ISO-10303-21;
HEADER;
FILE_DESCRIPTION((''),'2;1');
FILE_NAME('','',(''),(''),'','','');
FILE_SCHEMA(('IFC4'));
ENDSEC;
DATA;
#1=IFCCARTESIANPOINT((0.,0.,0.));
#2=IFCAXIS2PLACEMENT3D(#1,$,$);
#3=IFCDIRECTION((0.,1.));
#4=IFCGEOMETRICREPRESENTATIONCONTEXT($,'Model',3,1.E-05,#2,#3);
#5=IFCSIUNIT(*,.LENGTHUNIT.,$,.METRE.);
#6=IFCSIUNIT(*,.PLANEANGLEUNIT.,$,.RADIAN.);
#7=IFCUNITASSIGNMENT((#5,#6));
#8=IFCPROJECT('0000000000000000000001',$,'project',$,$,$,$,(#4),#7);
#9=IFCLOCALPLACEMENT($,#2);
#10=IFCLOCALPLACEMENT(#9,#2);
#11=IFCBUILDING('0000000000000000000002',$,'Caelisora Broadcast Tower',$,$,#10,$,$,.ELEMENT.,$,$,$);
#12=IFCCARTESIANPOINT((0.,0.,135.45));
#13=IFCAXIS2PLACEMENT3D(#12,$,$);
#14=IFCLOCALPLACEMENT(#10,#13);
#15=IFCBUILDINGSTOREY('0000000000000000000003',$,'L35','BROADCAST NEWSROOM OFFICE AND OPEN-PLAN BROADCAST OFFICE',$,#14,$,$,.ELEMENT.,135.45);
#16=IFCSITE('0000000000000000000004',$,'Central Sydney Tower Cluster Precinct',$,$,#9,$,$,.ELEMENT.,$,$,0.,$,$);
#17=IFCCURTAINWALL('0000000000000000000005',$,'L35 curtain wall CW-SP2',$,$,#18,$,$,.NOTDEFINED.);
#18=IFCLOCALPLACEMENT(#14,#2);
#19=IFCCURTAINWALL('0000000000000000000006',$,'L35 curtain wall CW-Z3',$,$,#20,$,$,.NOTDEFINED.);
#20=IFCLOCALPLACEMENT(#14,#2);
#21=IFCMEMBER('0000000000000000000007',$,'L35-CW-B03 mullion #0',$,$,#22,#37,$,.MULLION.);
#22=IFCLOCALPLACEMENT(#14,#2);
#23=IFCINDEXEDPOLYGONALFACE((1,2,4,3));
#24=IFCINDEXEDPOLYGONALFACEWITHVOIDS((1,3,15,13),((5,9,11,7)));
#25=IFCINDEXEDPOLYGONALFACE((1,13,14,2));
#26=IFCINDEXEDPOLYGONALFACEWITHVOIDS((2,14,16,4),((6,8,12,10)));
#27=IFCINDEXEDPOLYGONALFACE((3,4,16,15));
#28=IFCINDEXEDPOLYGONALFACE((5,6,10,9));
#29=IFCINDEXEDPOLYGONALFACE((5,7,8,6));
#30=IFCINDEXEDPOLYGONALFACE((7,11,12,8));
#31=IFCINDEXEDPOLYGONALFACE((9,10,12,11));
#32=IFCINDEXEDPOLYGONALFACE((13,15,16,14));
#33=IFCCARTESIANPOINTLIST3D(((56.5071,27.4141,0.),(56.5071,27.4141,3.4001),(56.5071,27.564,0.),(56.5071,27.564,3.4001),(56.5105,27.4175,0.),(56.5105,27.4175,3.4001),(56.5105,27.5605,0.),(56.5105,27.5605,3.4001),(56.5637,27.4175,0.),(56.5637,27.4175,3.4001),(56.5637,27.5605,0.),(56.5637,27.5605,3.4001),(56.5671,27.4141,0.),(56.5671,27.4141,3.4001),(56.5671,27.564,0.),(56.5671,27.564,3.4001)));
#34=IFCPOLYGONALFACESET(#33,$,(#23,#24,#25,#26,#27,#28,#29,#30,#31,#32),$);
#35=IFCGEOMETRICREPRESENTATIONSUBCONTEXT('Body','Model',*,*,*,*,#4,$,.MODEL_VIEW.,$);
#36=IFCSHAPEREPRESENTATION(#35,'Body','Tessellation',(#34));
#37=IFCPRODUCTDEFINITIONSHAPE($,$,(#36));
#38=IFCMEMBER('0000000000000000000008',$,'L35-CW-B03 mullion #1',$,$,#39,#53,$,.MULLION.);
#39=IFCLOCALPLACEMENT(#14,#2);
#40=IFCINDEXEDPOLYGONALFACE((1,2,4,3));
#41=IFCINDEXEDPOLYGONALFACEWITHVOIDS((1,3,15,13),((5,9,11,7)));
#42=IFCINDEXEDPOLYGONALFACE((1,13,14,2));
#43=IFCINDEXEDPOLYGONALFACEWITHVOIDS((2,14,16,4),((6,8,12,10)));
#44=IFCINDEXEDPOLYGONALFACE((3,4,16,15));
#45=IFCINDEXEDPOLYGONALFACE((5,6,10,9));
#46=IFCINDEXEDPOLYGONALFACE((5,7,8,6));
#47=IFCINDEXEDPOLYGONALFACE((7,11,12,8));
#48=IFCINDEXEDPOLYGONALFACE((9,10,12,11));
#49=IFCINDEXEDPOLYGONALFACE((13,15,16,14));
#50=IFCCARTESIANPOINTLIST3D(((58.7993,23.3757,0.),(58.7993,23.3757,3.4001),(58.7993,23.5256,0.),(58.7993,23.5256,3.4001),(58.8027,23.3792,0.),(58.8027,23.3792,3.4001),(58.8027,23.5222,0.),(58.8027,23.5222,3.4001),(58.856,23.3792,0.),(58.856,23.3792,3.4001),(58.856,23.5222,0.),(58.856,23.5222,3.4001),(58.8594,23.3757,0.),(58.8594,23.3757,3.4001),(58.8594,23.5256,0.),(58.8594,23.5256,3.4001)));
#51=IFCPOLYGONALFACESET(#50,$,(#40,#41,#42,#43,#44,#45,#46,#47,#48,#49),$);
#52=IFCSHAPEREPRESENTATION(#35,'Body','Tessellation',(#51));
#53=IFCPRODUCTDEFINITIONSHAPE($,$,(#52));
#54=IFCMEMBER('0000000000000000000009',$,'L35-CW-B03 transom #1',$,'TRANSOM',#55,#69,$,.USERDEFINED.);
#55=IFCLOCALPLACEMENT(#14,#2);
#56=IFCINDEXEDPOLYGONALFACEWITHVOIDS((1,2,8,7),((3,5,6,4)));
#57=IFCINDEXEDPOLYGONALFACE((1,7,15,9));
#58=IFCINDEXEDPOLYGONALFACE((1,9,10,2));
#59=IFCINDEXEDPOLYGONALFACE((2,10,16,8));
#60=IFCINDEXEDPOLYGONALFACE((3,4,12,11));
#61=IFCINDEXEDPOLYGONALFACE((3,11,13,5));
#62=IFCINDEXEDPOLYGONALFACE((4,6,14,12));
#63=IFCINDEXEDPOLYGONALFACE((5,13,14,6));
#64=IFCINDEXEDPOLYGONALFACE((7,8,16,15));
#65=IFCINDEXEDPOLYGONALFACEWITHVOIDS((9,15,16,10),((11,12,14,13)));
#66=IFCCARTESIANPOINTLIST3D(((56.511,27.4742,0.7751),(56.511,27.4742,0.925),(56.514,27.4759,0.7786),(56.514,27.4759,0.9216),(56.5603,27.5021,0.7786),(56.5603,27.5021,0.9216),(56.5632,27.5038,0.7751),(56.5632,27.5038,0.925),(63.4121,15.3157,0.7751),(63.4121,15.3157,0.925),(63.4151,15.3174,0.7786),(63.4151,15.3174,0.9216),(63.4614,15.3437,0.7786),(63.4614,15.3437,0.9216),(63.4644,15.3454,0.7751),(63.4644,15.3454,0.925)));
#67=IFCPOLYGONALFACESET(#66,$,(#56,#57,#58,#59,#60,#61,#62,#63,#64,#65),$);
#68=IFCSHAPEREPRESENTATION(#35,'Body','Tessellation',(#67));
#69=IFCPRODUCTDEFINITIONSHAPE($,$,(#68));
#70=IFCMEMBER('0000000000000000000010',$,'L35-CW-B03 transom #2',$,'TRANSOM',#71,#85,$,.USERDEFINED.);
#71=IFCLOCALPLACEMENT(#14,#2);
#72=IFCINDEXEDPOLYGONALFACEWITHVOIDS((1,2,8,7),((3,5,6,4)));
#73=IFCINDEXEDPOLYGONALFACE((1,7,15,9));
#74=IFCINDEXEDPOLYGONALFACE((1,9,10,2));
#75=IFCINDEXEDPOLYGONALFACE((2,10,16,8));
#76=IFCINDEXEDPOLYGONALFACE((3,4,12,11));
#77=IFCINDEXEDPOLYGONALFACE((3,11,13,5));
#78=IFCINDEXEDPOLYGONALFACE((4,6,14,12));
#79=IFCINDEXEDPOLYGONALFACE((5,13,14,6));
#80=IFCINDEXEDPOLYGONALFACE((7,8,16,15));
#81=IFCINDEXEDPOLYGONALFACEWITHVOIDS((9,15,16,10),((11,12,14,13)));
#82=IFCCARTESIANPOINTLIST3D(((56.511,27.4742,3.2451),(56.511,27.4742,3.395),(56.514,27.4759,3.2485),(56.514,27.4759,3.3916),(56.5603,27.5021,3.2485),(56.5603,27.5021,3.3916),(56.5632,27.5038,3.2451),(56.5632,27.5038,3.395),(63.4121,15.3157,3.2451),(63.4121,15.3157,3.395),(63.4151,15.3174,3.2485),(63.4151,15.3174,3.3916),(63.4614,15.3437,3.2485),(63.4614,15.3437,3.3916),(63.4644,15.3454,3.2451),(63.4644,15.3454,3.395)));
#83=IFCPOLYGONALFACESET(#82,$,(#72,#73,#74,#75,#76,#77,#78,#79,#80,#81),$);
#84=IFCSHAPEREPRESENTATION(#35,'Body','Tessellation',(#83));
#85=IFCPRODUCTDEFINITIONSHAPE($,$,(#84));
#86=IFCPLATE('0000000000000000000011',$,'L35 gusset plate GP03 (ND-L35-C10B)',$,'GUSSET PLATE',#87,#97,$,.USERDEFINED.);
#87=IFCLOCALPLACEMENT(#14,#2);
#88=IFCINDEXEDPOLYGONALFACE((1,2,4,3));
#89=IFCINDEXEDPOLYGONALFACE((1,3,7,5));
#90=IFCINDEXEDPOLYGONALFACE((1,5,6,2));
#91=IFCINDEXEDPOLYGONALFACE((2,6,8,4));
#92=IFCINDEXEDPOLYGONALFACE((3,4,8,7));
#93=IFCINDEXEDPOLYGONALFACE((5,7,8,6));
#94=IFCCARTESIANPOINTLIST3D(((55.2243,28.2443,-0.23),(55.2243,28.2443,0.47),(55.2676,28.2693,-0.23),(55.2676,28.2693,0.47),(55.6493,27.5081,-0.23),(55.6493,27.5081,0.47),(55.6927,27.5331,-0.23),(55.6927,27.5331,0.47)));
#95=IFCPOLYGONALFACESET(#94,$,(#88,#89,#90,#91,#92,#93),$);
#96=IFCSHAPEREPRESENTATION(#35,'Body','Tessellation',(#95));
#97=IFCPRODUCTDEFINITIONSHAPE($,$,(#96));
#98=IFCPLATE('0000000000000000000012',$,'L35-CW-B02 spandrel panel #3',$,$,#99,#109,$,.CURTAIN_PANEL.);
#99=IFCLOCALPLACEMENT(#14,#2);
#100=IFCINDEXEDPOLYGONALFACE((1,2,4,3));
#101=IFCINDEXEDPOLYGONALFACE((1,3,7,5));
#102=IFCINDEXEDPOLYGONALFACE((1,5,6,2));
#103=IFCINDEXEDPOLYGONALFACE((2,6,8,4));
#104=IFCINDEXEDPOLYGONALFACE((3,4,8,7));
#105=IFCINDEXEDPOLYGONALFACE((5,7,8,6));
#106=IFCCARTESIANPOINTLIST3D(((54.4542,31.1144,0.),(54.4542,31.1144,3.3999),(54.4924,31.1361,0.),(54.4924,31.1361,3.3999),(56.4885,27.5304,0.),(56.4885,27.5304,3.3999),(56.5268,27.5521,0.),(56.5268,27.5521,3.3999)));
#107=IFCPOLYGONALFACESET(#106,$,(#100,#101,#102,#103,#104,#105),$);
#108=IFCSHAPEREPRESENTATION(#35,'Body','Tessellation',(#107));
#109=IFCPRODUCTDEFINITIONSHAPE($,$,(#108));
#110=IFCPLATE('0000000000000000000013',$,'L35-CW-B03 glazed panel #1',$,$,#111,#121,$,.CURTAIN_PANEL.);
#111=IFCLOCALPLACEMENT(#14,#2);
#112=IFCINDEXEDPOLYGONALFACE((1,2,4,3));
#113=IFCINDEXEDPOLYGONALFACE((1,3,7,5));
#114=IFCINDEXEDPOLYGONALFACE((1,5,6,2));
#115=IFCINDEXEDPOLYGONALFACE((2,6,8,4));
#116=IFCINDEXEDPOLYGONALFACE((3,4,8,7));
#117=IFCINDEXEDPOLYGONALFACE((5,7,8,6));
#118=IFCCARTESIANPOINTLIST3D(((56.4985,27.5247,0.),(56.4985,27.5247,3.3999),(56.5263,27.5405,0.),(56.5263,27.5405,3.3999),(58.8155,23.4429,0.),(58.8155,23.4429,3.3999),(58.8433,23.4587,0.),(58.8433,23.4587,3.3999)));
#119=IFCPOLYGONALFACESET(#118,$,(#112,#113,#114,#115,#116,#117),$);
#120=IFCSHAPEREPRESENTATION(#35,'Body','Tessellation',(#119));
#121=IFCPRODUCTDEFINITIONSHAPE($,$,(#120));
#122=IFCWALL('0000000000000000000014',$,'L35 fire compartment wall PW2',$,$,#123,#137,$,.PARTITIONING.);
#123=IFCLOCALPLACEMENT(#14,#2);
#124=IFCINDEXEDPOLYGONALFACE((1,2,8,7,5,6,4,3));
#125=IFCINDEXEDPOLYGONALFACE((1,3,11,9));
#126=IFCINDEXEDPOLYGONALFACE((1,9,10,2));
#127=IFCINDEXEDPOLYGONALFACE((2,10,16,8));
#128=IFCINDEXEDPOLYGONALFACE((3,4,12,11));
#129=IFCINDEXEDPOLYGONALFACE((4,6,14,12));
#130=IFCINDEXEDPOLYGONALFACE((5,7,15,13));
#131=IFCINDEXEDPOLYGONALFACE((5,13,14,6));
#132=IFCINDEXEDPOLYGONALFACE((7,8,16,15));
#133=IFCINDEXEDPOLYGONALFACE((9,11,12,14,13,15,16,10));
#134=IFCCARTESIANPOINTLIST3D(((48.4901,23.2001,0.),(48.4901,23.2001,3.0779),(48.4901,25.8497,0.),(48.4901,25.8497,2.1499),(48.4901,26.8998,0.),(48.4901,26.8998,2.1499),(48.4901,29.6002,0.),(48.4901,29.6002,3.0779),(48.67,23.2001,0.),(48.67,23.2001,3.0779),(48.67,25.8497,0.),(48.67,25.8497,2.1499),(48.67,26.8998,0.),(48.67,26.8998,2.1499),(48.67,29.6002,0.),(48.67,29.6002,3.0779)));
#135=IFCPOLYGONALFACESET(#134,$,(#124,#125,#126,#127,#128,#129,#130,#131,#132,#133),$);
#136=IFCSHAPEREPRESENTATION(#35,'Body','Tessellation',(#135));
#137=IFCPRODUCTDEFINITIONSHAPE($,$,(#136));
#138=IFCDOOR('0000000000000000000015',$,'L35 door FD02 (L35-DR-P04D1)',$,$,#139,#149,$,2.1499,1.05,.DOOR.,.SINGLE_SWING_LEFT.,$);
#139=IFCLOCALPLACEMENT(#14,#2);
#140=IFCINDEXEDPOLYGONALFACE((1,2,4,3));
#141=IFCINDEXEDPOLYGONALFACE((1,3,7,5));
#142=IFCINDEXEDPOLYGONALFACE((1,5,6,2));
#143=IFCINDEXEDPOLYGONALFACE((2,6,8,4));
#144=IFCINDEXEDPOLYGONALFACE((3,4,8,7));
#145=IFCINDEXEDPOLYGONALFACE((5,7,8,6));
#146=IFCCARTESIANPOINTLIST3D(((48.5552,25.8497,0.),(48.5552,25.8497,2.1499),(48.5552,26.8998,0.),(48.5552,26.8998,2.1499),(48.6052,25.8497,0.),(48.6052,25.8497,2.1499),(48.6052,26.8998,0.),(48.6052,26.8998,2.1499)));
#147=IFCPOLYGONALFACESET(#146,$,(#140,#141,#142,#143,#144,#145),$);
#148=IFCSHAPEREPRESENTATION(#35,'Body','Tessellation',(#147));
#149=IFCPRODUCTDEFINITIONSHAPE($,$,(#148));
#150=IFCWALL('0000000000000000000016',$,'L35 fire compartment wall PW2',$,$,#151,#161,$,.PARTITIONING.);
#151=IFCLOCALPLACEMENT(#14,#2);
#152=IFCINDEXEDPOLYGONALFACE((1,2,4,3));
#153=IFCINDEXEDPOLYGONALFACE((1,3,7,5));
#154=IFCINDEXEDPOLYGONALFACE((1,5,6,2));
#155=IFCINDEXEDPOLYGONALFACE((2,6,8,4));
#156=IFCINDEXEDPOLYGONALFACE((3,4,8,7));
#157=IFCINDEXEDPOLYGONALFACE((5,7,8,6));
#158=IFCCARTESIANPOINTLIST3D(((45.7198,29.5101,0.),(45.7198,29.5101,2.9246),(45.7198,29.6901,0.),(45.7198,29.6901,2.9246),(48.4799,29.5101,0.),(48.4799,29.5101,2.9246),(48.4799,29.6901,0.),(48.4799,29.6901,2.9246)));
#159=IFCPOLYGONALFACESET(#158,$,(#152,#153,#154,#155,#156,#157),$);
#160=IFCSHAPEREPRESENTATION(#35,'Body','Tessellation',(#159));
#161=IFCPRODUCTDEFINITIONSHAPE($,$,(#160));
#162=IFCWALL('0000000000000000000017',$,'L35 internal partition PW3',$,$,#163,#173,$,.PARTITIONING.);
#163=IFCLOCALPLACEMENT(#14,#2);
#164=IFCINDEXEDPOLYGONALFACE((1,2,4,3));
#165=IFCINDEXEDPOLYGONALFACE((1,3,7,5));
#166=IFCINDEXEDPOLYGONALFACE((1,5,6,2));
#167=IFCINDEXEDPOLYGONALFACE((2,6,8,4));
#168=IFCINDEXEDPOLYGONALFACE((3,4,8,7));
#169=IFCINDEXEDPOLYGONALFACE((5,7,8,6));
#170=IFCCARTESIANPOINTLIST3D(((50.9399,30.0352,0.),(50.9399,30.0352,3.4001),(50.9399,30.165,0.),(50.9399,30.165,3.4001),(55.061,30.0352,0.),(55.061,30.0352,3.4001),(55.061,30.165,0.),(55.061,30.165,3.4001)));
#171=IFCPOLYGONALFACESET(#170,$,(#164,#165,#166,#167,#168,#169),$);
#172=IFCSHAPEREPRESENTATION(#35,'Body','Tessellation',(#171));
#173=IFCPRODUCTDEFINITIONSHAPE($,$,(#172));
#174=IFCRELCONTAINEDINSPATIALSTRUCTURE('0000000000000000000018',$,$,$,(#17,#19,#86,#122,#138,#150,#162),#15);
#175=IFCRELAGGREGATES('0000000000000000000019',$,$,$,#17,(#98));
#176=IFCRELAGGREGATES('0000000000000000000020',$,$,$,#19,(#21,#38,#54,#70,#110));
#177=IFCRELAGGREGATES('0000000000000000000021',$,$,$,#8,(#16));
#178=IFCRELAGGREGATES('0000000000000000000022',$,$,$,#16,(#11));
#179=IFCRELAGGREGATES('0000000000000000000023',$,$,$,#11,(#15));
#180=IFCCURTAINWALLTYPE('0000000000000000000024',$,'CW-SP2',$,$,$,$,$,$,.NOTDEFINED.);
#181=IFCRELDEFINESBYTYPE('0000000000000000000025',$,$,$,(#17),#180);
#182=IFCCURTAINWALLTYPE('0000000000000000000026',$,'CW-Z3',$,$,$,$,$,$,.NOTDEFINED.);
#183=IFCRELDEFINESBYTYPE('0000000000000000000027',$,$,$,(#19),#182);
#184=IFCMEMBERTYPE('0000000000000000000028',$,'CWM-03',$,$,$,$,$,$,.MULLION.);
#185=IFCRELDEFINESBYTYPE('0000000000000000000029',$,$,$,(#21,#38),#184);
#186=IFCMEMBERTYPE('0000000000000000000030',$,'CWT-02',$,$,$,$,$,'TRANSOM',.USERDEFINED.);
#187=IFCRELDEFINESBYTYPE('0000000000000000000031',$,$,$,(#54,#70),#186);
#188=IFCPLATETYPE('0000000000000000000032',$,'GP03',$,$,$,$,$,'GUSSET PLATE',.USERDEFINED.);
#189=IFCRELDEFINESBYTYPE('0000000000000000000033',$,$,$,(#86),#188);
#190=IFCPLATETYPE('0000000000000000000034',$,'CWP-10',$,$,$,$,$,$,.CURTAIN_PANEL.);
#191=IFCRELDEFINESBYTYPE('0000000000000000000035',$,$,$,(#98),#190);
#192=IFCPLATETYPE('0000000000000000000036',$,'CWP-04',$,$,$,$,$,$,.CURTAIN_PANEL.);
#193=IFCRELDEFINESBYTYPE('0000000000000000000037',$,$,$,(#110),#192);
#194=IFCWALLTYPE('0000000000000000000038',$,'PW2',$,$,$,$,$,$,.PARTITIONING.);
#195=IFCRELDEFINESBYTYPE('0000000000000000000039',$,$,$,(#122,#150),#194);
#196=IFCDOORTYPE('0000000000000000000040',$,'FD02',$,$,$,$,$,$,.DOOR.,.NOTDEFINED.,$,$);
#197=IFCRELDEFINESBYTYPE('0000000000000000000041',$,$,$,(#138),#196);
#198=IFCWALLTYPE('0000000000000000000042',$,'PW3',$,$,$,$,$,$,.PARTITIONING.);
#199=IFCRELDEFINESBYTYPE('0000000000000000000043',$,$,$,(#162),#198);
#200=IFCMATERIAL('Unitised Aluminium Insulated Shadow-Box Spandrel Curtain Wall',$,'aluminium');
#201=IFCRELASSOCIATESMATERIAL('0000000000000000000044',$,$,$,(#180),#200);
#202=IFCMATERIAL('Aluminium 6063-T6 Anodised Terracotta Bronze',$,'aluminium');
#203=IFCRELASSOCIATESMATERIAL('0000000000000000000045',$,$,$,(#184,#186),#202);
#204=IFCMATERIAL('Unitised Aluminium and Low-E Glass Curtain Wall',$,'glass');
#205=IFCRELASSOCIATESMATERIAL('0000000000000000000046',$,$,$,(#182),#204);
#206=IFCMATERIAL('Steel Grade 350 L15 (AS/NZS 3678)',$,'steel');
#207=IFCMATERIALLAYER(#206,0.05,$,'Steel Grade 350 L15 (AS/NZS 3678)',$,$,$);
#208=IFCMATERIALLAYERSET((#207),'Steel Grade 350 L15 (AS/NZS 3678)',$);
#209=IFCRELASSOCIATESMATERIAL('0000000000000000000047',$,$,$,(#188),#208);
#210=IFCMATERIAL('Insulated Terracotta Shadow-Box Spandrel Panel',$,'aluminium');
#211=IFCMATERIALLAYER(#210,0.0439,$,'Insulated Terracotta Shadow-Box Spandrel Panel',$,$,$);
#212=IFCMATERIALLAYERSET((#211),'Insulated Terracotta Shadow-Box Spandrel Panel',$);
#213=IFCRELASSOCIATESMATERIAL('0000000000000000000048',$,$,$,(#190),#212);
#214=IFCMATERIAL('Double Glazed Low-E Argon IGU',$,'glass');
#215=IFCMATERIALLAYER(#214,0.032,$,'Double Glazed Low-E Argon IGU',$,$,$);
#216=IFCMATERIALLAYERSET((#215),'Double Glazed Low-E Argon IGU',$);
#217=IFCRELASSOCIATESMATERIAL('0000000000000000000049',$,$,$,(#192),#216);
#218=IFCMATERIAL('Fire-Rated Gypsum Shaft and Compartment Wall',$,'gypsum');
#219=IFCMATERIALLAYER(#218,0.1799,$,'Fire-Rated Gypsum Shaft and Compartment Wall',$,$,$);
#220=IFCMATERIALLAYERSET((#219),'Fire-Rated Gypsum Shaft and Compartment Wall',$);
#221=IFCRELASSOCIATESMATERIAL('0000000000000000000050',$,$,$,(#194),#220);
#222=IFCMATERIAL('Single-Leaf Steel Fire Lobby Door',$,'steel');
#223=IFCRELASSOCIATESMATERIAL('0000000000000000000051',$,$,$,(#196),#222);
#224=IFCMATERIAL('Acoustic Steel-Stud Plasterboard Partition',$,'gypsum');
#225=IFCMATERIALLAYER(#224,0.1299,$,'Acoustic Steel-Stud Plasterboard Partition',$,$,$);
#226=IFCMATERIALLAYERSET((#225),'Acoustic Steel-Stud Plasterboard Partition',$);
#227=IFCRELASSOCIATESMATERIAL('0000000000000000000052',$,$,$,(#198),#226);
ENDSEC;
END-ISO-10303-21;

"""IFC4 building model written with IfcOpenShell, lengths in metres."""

from ifc_helpers import new_model, si_unit, direction, frame, frame_2d, origin, origin_2d, place, context, subcontext, project, spatial, rectangle, hollow_rectangle, extrude, source, transform, mapped, material, layer, layer_set, material_profile, profile_set, type_object, type_shapes, element, fill, aggregate, save


model = new_model("IFC4")

# Units and contexts
model_context = context("Model", 3, precision=1e-05, world=origin(), true_north=direction((0.0, 1.0)))
body_context = subcontext(model_context, "Body", "Model", "MODEL_VIEW")
ifc_project = project(units=[si_unit("LENGTHUNIT", "METRE"), si_unit("PLANEANGLEUNIT", "RADIAN")], contexts=[model_context])

# Site, building, storey
site_placement = place(None, origin())
site = spatial("IfcSite", under=ifc_project, at=site_placement, Name="Central Sydney Tower Cluster Precinct", CompositionType="ELEMENT", RefElevation=0.0)
building_placement = place(site_placement, origin())
building = spatial("IfcBuilding", under=site, at=building_placement, Name="Caelisora Broadcast Tower", CompositionType="ELEMENT")
storey_placement = place(building_placement, frame((0.0, 0.0, 135.45)))
storey = spatial("IfcBuildingStorey", under=building, at=storey_placement, Name="L35", Description="BROADCAST NEWSROOM OFFICE AND OPEN-PLAN BROADCAST OFFICE", CompositionType="ELEMENT", Elevation=135.45)

# Shared definitions
ifc_material_1 = material(Name="Steel Grade 350 L15 (AS/NZS 3678)", Category="steel")

# Curtain wall
ifc_material_2 = material(Name="Unitised Aluminium Insulated Shadow-Box Spandrel Curtain Wall", Category="aluminium")
curtain_wall_type_1 = type_object("IfcCurtainWallType", Name="CW-SP2", PredefinedType="NOTDEFINED", material=ifc_material_2)
curtain_wall_1_placement = place(storey_placement, origin())
curtain_wall_1 = element("IfcCurtainWall", 1, at=curtain_wall_1_placement, inside=storey, type_object=curtain_wall_type_1, Name="L35 curtain wall CW-SP2", PredefinedType="NOTDEFINED")
ifc_material_3 = material(Name="Aluminium 6063-T6 Anodised Terracotta Bronze", Category="aluminium")
ifc_material_profile_1 = material_profile(ifc_material_3, hollow_rectangle(XDim=0.0601, YDim=0.1499, WallThickness=0.0034, at=origin_2d()), Name="Aluminium 6063-T6 Anodised Terracotta Bronze")
ifc_profile_set_1 = profile_set([ifc_material_profile_1], Name="Aluminium 6063-T6 Anodised Terracotta Bronze")
member_type_1 = type_object("IfcMemberType", Name="CWM-03", PredefinedType="MULLION", material=ifc_profile_set_1)
shared_shape_1 = source(origin(), body_context, "Body", "SweptSolid", [
    extrude(hollow_rectangle(XDim=0.0601, YDim=0.1499, WallThickness=0.0034, at=origin_2d()), origin(), (0.0, 0.0, 1.0), 3.4001),
])
type_shapes(member_type_1, [shared_shape_1])

# Curtain wall, members
ifc_material_4 = material(Name="Unitised Aluminium and Low-E Glass Curtain Wall", Category="glass")
curtain_wall_type_2 = type_object("IfcCurtainWallType", Name="CW-Z3", PredefinedType="NOTDEFINED", material=ifc_material_4)
curtain_wall_2_placement = place(storey_placement, origin())
curtain_wall_2 = element("IfcCurtainWall", 2, at=curtain_wall_2_placement, inside=storey, type_object=curtain_wall_type_2, Name="L35 curtain wall CW-Z3", PredefinedType="NOTDEFINED")
member_1_placement = place(storey_placement, frame((56.5371, 27.489, 0.0), z_axis=(0.0, 0.0, 1.0), x_axis=(1.0, 0.0, 0.0)))
member_1 = element("IfcMember", 3, at=member_1_placement, type_object=member_type_1, Name="L35-CW-B03 mullion #0", PredefinedType="MULLION", context=body_context, shape_type="MappedRepresentation", body=[
    mapped(shared_shape_1, transform((0.0, 0.0, 0.0), scale=1.0)),
])
member_2_placement = place(storey_placement, frame((58.8293, 23.4507, 0.0), z_axis=(0.0, 0.0, 1.0), x_axis=(1.0, 0.0, 0.0)))
member_2 = element("IfcMember", 4, at=member_2_placement, type_object=member_type_1, Name="L35-CW-B03 mullion #1", PredefinedType="MULLION", context=body_context, shape_type="MappedRepresentation", body=[
    mapped(shared_shape_1, transform((0.0, 0.0, 0.0), scale=1.0)),
])
ifc_material_profile_2 = material_profile(ifc_material_3, hollow_rectangle(XDim=0.0601, YDim=0.1499, WallThickness=0.0034, at=origin_2d()), Name="Aluminium 6063-T6 Anodised Terracotta Bronze")
ifc_profile_set_2 = profile_set([ifc_material_profile_2], Name="Aluminium 6063-T6 Anodised Terracotta Bronze")
member_type_2 = type_object("IfcMemberType", Name="CWT-02", ElementType="TRANSOM", PredefinedType="USERDEFINED", material=ifc_profile_set_2)
shared_shape_2 = source(origin(), body_context, "Body", "SweptSolid", [
    extrude(hollow_rectangle(XDim=0.0601, YDim=0.1499, WallThickness=0.0034, at=origin_2d()), origin(), (0.0, 0.0, 1.0), 13.9805),
])
type_shapes(member_type_2, [shared_shape_2])
member_3_placement = place(storey_placement, frame((56.5371, 27.489, 0.8501), z_axis=(0.493626, -0.869674, 0.0), x_axis=(0.869674, 0.493626, 0.0)))
member_3 = element("IfcMember", 5, at=member_3_placement, type_object=member_type_2, Name="L35-CW-B03 transom #1", ObjectType="TRANSOM", PredefinedType="USERDEFINED", context=body_context, shape_type="MappedRepresentation", body=[
    mapped(shared_shape_2, transform((0.0, 0.0, 0.0), scale=1.0)),
])
member_4_placement = place(storey_placement, frame((56.5371, 27.489, 3.3201), z_axis=(0.493626, -0.869674, 0.0), x_axis=(0.869674, 0.493626, 0.0)))
member_4 = element("IfcMember", 6, at=member_4_placement, type_object=member_type_2, Name="L35-CW-B03 transom #2", ObjectType="TRANSOM", PredefinedType="USERDEFINED", context=body_context, shape_type="MappedRepresentation", body=[
    mapped(shared_shape_2, transform((0.0, 0.0, 0.0), scale=1.0)),
])

# Plates
ifc_layer_1 = layer(ifc_material_1, 0.05, Name="Steel Grade 350 L15 (AS/NZS 3678)")
ifc_layer_set_1 = layer_set([ifc_layer_1], Name="Steel Grade 350 L15 (AS/NZS 3678)")
plate_type_1 = type_object("IfcPlateType", Name="GP03", ElementType="GUSSET PLATE", PredefinedType="USERDEFINED", material=ifc_layer_set_1)
shared_shape_3 = source(origin(), body_context, "Body", "SweptSolid", [
    extrude(rectangle(XDim=0.8501, YDim=0.05, at=origin_2d()), origin(), (0.0, 0.0, 1.0), 0.7),
])
type_shapes(plate_type_1, [shared_shape_3])
plate_1_placement = place(storey_placement, frame((55.4585, 27.8887, -0.23), z_axis=(0.0, 0.0, 1.0), x_axis=(-0.5, 0.866025, 0.0)))
element("IfcPlate", 7, at=plate_1_placement, inside=storey, type_object=plate_type_1, Name="L35 gusset plate GP03 (ND-L35-C10B)", ObjectType="GUSSET PLATE", PredefinedType="USERDEFINED", context=body_context, shape_type="MappedRepresentation", body=[
    mapped(shared_shape_3, transform((0.0, 0.0, 0.0), scale=1.0)),
])
ifc_material_5 = material(Name="Insulated Terracotta Shadow-Box Spandrel Panel", Category="aluminium")
ifc_layer_2 = layer(ifc_material_5, 0.0439, Name="Insulated Terracotta Shadow-Box Spandrel Panel")
ifc_layer_set_2 = layer_set([ifc_layer_2], Name="Insulated Terracotta Shadow-Box Spandrel Panel")
plate_type_2 = type_object("IfcPlateType", Name="CWP-10", PredefinedType="CURTAIN_PANEL", material=ifc_layer_set_2)
shared_shape_4 = source(origin(), body_context, "Body", "SweptSolid", [
    extrude(rectangle(XDim=4.1211, YDim=0.0439, at=origin_2d()), origin(), (0.0, 0.0, 1.0), 3.3999),
])
type_shapes(plate_type_2, [shared_shape_4])
plate_2_placement = place(storey_placement, frame((55.4905, 29.3333, 0.0), z_axis=(0.0, 0.0, 1.0), x_axis=(0.493638, -0.869667, 0.0)))
plate_2 = element("IfcPlate", 8, at=plate_2_placement, type_object=plate_type_2, Name="L35-CW-B02 spandrel panel #3", PredefinedType="CURTAIN_PANEL", context=body_context, shape_type="MappedRepresentation", body=[
    mapped(shared_shape_4, transform((0.0, 0.0, 0.0), scale=1.0)),
])
aggregate(curtain_wall_1, [plate_2])
ifc_material_6 = material(Name="Double Glazed Low-E Argon IGU", Category="glass")
ifc_layer_3 = layer(ifc_material_6, 0.032, Name="Double Glazed Low-E Argon IGU")
ifc_layer_set_3 = layer_set([ifc_layer_3], Name="Double Glazed Low-E Argon IGU")
plate_type_3 = type_object("IfcPlateType", Name="CWP-04", PredefinedType="CURTAIN_PANEL", material=ifc_layer_set_3)
shared_shape_5 = source(origin(), body_context, "Body", "SweptSolid", [
    extrude(rectangle(XDim=4.6936, YDim=0.032, at=origin_2d()), origin(), (0.0, 0.0, 1.0), 3.3999),
])
type_shapes(plate_type_3, [shared_shape_5])
plate_3_placement = place(storey_placement, frame((57.6709, 25.4917, 0.0), z_axis=(0.0, 0.0, 1.0), x_axis=(0.493638, -0.869667, 0.0)))
plate_3 = element("IfcPlate", 9, at=plate_3_placement, type_object=plate_type_3, Name="L35-CW-B03 glazed panel #1", PredefinedType="CURTAIN_PANEL", context=body_context, shape_type="MappedRepresentation", body=[
    mapped(shared_shape_5, transform((0.0, 0.0, 0.0), scale=1.0)),
])
aggregate(curtain_wall_2, [member_1, member_2, member_3, member_4, plate_3])

# Wall, opening, door
ifc_material_7 = material(Name="Fire-Rated Gypsum Shaft and Compartment Wall", Category="gypsum")
ifc_layer_4 = layer(ifc_material_7, 0.1799, Name="Fire-Rated Gypsum Shaft and Compartment Wall")
ifc_layer_set_4 = layer_set([ifc_layer_4], Name="Fire-Rated Gypsum Shaft and Compartment Wall")
wall_type_1 = type_object("IfcWallType", Name="PW2", PredefinedType="PARTITIONING", material=ifc_layer_set_4)
wall_1_placement = place(storey_placement, frame((48.5801, 23.2, 0.0), z_axis=(0.0, 0.0, 1.0), x_axis=(0.0, 1.0, 0.0)))
wall_1 = element("IfcWall", 10, at=wall_1_placement, inside=storey, type_object=wall_type_1, Name="L35 fire compartment wall PW2", PredefinedType="PARTITIONING", context=body_context, shape_type="SweptSolid", body=[
    extrude(rectangle(XDim=6.4001, YDim=0.1799, at=frame_2d((3.2002, 0.0))), origin(), (0.0, 0.0, 1.0), 3.0779),
])
opening_placement = place(wall_1_placement, frame((2.6499, 0.0, 0.0)))
opening = element("IfcOpeningElement", 11, at=opening_placement, cuts=wall_1, PredefinedType="OPENING", context=body_context, shape_type="SweptSolid", body=[
    extrude(rectangle(XDim=1.05, YDim=2.1499, at=frame_2d((0.5249, 1.075))), frame((0.0, 0.1021, 0.0), z_axis=(0.0, -1.0, 0.0), x_axis=(1.0, 0.0, 0.0)), (0.0, 0.0, 1.0), 0.2039),
])
ifc_material_8 = material(Name="Single-Leaf Steel Fire Lobby Door", Category="steel")
door_type = type_object("IfcDoorType", Name="FD02", OperationType="NOTDEFINED", PredefinedType="DOOR", material=ifc_material_8)
door_placement = place(opening_placement, origin())
door = element("IfcDoor", 12, at=door_placement, inside=storey, type_object=door_type, Name="L35 door FD02 (L35-DR-P04D1)", OperationType="SINGLE_SWING_LEFT", OverallHeight=2.1499, OverallWidth=1.05, PredefinedType="DOOR", context=body_context, shape_type="SweptSolid", body=[
    extrude(rectangle(XDim=1.05, YDim=2.1499, at=frame_2d((0.5249, 1.075))), frame((0.0, 0.0249, 0.0), z_axis=(0.0, -1.0, 0.0), x_axis=(1.0, 0.0, 0.0)), (0.0, 0.0, 1.0), 0.05),
])
fill(opening, door)

# Walls
wall_2_placement = place(storey_placement, frame((45.72, 29.6001, 0.0), z_axis=(0.0, 0.0, 1.0), x_axis=(1.0, 0.0, 0.0)))
element("IfcWall", 13, at=wall_2_placement, inside=storey, type_object=wall_type_1, Name="L35 fire compartment wall PW2", PredefinedType="PARTITIONING", context=body_context, shape_type="SweptSolid", body=[
    extrude(rectangle(XDim=2.76, YDim=0.1799, at=frame_2d((1.3799, 0.0))), origin(), (0.0, 0.0, 1.0), 2.9246),
])
ifc_material_9 = material(Name="Acoustic Steel-Stud Plasterboard Partition", Category="gypsum")
ifc_layer_5 = layer(ifc_material_9, 0.1299, Name="Acoustic Steel-Stud Plasterboard Partition")
ifc_layer_set_5 = layer_set([ifc_layer_5], Name="Acoustic Steel-Stud Plasterboard Partition")
wall_type_2 = type_object("IfcWallType", Name="PW3", PredefinedType="PARTITIONING", material=ifc_layer_set_5)
wall_3_placement = place(storey_placement, frame((50.9399, 30.1001, 0.0), z_axis=(0.0, 0.0, 1.0), x_axis=(1.0, 0.0, 0.0)))
element("IfcWall", 14, at=wall_3_placement, inside=storey, type_object=wall_type_2, Name="L35 internal partition PW3", PredefinedType="PARTITIONING", context=body_context, shape_type="SweptSolid", body=[
    extrude(rectangle(XDim=4.1211, YDim=0.1299, at=frame_2d((2.0605, 0.0))), origin(), (0.0, 0.0, 1.0), 3.4001),
])

save(model, "model.ifc")
